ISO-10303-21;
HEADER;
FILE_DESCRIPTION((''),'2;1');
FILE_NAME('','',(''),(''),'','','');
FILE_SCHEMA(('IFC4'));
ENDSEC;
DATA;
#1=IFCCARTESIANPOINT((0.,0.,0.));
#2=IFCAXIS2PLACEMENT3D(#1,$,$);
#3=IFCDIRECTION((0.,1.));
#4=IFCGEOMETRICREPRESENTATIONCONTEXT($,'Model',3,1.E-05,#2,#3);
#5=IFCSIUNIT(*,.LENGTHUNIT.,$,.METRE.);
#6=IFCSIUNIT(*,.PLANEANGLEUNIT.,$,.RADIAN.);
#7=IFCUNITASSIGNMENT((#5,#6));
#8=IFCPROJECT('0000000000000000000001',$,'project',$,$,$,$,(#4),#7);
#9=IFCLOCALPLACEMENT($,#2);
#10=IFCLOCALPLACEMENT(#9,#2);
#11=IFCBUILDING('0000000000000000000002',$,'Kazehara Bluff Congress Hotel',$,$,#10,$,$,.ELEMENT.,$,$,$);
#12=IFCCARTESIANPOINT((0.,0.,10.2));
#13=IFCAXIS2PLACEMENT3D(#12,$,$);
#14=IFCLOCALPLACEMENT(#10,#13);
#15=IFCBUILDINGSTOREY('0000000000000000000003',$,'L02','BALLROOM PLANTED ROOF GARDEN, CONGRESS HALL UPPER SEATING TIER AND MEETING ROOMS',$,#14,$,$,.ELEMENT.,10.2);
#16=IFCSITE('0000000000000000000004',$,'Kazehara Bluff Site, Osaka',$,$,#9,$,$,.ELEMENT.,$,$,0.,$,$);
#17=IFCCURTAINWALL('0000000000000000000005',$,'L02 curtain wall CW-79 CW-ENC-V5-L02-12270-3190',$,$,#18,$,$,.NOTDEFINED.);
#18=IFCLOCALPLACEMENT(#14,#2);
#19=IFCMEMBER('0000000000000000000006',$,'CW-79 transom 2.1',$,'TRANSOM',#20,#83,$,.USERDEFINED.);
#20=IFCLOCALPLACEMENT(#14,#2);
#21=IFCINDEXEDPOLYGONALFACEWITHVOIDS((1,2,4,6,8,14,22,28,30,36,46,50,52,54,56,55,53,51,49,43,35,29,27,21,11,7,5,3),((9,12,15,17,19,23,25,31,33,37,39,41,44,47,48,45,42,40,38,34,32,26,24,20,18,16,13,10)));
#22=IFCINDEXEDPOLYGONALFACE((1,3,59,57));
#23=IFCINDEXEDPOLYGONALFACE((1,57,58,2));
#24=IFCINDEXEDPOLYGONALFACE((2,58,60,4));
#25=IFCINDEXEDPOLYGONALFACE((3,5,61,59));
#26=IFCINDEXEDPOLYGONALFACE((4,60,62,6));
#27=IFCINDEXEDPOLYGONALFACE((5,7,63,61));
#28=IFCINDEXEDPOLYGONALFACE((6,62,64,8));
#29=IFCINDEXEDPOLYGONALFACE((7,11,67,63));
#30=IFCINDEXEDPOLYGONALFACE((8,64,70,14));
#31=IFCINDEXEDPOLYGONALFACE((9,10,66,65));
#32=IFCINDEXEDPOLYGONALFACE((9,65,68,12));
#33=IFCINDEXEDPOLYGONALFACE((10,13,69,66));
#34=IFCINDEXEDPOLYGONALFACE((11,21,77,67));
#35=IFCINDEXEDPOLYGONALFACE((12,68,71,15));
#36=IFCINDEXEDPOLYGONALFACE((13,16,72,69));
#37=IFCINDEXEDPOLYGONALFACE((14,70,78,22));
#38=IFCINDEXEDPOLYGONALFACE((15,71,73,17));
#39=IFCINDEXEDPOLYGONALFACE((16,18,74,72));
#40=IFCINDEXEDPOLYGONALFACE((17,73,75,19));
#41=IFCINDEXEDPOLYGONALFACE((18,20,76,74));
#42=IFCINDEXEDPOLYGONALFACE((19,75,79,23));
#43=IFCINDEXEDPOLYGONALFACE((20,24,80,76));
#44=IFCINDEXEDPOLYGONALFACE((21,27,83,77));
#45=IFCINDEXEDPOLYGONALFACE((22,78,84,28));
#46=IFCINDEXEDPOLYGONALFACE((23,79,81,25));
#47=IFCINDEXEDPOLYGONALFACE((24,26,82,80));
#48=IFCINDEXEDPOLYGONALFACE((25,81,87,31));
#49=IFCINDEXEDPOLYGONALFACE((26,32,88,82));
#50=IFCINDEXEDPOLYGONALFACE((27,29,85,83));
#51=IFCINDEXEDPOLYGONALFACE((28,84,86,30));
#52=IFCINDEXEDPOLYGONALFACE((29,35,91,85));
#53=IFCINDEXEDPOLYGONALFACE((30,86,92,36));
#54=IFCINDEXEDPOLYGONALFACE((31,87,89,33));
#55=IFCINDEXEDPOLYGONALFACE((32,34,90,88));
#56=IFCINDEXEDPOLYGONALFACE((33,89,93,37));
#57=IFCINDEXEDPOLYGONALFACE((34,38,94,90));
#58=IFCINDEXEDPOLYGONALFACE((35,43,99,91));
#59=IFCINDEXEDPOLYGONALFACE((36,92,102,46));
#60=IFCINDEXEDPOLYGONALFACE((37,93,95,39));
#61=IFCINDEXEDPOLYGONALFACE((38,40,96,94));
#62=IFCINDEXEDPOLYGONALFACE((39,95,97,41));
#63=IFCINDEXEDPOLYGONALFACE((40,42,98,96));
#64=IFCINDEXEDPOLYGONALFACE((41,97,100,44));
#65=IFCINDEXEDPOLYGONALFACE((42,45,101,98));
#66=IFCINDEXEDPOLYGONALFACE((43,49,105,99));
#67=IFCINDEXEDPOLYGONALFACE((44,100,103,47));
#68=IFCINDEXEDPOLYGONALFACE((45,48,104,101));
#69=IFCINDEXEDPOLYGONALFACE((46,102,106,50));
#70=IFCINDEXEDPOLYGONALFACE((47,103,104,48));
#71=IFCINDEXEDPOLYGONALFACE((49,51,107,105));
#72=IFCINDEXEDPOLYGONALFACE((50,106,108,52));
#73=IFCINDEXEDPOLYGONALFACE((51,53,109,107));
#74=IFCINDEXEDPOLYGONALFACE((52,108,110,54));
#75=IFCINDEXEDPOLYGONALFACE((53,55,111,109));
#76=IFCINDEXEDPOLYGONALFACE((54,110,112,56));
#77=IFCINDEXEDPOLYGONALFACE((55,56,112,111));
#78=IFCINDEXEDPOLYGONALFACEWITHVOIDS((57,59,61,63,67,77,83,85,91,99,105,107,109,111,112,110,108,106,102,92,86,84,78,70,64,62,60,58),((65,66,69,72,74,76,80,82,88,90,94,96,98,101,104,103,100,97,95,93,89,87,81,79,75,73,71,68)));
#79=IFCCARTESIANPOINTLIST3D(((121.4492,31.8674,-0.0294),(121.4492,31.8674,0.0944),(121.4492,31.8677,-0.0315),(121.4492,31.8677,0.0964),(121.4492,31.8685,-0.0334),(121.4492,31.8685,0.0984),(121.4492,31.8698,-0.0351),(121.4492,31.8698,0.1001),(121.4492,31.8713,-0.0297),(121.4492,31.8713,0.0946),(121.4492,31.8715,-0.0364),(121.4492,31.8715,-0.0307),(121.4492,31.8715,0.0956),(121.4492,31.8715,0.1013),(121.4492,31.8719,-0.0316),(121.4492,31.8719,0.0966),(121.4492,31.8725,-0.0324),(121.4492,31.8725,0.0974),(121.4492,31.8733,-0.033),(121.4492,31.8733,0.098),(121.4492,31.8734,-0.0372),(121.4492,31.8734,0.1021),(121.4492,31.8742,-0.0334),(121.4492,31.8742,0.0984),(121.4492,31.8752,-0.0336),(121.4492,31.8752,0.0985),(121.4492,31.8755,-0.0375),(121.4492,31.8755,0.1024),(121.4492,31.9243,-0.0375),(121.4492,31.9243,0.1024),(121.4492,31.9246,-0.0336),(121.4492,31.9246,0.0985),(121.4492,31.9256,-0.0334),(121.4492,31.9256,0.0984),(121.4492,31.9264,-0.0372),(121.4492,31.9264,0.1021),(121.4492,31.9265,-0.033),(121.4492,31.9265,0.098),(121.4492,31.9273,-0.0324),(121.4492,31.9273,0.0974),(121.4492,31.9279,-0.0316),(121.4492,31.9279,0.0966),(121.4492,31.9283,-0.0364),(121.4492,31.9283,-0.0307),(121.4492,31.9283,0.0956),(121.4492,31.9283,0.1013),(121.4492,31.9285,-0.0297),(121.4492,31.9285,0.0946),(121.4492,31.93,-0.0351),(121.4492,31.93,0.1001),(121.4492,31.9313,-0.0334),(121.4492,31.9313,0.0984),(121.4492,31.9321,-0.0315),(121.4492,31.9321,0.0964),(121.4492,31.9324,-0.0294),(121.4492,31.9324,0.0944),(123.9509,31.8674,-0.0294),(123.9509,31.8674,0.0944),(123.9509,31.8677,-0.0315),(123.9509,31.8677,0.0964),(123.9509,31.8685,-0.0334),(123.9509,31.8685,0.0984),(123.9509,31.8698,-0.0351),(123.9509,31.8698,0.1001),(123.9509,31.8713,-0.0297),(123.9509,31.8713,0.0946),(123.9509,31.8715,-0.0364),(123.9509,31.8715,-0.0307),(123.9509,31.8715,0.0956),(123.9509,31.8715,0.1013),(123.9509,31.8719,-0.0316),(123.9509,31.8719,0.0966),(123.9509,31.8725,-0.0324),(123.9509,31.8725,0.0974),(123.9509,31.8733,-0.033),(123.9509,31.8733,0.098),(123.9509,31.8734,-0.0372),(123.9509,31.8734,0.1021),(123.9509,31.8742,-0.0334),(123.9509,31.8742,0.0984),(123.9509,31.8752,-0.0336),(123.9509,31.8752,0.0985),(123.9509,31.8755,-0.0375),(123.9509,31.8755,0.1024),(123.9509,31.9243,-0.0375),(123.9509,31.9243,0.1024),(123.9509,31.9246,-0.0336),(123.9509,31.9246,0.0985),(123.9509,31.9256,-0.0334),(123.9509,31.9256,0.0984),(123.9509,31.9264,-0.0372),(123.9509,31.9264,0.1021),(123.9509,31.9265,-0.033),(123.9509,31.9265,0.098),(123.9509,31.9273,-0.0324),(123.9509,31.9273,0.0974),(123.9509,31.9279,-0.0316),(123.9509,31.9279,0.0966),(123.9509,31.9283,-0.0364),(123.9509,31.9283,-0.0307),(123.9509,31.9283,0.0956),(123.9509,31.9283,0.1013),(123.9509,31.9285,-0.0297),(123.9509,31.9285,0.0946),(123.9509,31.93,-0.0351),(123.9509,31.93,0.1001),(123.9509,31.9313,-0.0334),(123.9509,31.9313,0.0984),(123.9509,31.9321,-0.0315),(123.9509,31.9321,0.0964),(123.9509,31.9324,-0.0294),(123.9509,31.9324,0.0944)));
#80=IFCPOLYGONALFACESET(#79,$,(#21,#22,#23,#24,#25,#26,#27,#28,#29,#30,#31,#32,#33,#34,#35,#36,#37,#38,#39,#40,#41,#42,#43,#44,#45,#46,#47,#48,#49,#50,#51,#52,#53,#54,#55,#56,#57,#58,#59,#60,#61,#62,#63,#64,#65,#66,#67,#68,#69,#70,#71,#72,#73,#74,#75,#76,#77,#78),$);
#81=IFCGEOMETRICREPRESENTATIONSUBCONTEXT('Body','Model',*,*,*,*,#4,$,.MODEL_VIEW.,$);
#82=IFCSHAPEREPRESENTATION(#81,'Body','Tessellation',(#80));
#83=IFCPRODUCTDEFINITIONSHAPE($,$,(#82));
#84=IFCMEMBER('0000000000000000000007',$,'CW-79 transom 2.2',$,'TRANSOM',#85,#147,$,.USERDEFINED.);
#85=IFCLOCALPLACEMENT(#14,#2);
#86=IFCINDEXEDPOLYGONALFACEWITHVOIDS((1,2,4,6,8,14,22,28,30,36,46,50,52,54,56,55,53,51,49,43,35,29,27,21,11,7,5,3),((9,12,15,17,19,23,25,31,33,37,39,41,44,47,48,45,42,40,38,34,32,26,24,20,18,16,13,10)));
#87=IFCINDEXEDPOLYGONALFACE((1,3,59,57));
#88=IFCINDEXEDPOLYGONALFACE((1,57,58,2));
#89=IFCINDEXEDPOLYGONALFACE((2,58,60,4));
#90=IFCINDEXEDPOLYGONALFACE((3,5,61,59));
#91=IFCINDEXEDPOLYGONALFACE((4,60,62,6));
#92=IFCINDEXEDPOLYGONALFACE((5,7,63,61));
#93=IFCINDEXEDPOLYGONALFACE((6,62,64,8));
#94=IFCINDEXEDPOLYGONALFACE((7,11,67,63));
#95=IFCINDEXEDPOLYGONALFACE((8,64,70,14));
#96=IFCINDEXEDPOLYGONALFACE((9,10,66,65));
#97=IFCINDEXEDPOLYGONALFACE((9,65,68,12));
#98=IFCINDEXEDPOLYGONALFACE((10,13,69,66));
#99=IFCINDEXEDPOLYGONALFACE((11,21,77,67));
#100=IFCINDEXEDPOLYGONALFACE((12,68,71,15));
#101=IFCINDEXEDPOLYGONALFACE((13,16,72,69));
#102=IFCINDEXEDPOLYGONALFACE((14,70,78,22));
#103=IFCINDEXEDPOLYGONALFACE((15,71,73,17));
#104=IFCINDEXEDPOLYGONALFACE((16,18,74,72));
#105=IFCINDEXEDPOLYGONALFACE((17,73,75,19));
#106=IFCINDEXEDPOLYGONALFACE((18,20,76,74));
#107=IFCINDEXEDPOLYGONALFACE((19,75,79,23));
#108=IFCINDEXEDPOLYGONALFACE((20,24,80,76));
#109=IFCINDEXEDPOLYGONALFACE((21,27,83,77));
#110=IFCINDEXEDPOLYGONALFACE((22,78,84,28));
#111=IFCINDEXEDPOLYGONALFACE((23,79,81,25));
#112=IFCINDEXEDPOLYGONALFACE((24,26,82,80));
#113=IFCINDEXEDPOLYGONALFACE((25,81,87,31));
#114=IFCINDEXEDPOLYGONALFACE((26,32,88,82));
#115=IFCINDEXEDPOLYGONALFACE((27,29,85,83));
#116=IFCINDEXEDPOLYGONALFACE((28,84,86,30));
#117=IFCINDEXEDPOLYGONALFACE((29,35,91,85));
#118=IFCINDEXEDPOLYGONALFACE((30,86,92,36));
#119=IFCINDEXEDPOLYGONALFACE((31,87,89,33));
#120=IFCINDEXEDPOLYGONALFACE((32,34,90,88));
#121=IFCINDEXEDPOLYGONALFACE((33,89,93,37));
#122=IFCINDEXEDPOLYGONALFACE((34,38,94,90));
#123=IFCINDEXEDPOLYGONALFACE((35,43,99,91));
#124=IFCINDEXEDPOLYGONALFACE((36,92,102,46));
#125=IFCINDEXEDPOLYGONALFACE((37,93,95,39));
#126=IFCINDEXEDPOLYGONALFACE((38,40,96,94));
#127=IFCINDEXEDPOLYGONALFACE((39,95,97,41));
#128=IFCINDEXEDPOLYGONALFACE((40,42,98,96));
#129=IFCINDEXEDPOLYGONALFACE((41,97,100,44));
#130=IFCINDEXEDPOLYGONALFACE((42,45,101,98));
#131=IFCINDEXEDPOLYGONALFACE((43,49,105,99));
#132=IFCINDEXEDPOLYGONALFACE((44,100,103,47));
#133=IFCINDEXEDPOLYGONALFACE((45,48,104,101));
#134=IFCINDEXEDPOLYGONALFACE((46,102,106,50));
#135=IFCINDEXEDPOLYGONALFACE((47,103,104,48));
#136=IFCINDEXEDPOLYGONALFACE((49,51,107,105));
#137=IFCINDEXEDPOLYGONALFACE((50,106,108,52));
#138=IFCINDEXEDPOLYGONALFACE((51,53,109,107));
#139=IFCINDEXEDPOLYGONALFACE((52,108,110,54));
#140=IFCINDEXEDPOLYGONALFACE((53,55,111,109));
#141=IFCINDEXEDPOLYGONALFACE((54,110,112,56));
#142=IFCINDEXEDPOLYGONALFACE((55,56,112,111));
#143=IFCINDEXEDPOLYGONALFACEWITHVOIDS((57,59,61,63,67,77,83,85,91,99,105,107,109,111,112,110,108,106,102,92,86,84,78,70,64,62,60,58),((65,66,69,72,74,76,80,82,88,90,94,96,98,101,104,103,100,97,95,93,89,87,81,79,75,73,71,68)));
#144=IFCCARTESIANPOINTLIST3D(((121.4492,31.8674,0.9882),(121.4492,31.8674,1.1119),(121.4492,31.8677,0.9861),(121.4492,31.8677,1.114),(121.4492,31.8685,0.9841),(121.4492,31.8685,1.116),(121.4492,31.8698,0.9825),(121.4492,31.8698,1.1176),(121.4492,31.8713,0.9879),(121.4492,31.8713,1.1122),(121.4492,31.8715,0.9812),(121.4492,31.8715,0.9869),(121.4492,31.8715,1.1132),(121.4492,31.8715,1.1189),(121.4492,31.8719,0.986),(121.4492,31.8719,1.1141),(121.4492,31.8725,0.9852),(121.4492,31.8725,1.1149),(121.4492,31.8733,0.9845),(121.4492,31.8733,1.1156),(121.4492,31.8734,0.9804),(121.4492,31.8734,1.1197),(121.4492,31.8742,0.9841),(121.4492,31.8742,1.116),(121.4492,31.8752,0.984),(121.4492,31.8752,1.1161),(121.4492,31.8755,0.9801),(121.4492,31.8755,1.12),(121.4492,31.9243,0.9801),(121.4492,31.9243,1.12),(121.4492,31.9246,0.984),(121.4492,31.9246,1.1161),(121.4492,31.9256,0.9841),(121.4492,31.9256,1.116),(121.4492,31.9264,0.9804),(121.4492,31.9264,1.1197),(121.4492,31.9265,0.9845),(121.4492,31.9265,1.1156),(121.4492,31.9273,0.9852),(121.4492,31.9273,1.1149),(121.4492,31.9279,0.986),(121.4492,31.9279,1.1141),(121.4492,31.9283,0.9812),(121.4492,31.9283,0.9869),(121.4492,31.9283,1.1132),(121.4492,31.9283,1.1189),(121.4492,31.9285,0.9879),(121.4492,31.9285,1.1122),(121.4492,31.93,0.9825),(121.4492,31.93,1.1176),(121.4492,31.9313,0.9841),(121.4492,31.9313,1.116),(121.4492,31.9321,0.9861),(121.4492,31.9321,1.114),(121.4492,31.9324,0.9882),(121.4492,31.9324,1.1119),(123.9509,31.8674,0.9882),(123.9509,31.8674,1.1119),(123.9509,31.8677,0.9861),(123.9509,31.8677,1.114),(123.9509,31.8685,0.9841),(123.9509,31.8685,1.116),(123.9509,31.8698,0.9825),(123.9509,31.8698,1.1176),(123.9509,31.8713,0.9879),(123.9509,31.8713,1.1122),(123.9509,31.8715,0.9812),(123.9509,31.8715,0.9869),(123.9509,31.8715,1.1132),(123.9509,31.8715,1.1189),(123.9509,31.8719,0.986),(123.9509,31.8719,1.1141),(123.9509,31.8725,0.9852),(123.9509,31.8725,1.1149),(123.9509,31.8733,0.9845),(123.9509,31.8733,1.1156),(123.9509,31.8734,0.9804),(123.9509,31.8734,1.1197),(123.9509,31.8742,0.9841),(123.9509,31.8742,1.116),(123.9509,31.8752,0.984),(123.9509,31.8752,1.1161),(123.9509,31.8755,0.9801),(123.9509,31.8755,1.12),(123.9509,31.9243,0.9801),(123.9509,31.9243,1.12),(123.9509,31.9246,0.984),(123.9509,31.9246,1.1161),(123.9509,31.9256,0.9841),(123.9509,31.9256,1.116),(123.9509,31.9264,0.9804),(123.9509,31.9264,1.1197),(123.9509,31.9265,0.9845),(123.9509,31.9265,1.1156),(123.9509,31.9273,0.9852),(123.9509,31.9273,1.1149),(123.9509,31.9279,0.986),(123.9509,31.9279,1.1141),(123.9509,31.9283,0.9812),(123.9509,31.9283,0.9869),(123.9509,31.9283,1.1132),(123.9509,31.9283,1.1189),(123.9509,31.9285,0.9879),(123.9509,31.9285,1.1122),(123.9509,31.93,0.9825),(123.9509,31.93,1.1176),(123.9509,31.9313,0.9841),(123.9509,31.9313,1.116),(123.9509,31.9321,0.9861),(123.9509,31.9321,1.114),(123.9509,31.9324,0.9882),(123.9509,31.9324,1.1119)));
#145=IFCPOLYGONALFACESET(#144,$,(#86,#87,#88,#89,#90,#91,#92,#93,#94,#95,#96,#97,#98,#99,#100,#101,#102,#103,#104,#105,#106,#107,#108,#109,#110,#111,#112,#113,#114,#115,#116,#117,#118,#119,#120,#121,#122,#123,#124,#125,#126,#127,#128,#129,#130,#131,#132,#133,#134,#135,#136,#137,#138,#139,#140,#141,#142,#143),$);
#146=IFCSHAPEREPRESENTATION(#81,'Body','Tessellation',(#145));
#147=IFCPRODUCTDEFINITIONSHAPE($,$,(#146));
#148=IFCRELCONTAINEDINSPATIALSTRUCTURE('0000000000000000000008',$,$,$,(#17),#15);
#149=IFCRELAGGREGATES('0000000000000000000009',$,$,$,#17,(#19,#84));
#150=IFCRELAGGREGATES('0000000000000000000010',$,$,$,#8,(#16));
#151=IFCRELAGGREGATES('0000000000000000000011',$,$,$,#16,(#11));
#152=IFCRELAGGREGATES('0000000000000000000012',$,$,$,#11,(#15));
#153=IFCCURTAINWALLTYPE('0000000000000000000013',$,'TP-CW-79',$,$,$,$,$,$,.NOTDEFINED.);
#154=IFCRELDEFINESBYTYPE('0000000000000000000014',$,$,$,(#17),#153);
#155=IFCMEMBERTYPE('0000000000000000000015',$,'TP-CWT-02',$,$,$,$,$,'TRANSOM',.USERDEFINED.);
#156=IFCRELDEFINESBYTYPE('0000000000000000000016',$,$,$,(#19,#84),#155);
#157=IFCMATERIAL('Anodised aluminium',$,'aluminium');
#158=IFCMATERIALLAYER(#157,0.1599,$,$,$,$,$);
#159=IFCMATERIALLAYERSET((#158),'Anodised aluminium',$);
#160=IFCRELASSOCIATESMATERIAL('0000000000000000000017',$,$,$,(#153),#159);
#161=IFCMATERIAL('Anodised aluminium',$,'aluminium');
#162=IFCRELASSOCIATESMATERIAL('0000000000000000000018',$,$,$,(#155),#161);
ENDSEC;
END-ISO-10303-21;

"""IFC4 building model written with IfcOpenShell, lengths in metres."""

from ifc_helpers import new_model, si_unit, direction, frame, origin, origin_2d, place, context, subcontext, project, spatial, hollow_rectangle, extrude, material, layer, layer_set, material_profile, profile_set, type_object, element, aggregate, save


model = new_model("IFC4")

# Units and contexts
model_context = context("Model", 3, precision=1e-05, world=origin(), true_north=direction((0.0, 1.0)))
body_context = subcontext(model_context, "Body", "Model", "MODEL_VIEW")
ifc_project = project(units=[si_unit("LENGTHUNIT", "METRE"), si_unit("PLANEANGLEUNIT", "RADIAN")], contexts=[model_context])

# Site, building, storey
site_placement = place(None, origin())
site = spatial("IfcSite", under=ifc_project, at=site_placement, Name="Kazehara Bluff Site, Osaka", CompositionType="ELEMENT", RefElevation=0.0)
building_placement = place(site_placement, origin())
building = spatial("IfcBuilding", under=site, at=building_placement, Name="Kazehara Bluff Congress Hotel", CompositionType="ELEMENT")
storey_placement = place(building_placement, frame((0.0, 0.0, 10.2)))
storey = spatial("IfcBuildingStorey", under=building, at=storey_placement, Name="L02", Description="BALLROOM PLANTED ROOF GARDEN, CONGRESS HALL UPPER SEATING TIER AND MEETING ROOMS", CompositionType="ELEMENT", Elevation=10.2)

# Curtain wall
ifc_material_1 = material(Name="Anodised aluminium", Category="aluminium")
ifc_layer_1 = layer(ifc_material_1, 0.1599)
ifc_layer_set_1 = layer_set([ifc_layer_1], Name="Anodised aluminium")
curtain_wall_type_1 = type_object("IfcCurtainWallType", Name="TP-CW-79", PredefinedType="NOTDEFINED", material=ifc_layer_set_1)
curtain_wall_1_placement = place(storey_placement, origin())
curtain_wall_1 = element("IfcCurtainWall", 1, at=curtain_wall_1_placement, inside=storey, type_object=curtain_wall_type_1, Name="L02 curtain wall CW-79 CW-ENC-V5-L02-12270-3190", PredefinedType="NOTDEFINED")

# Members
ifc_material_2 = material(Name="Anodised aluminium", Category="aluminium")
ifc_material_profile_1 = material_profile(ifc_material_2, hollow_rectangle(XDim=0.0649, YDim=0.1399, WallThickness=0.0039, InnerFilletRadius=0.0039, OuterFilletRadius=0.0081, at=origin_2d()))
ifc_profile_set_1 = profile_set([ifc_material_profile_1], Name="Anodised aluminium")
member_type_1 = type_object("IfcMemberType", Name="TP-CWT-02", ElementType="TRANSOM", PredefinedType="USERDEFINED", material=ifc_profile_set_1)
member_1_placement = place(storey_placement, frame((121.4492, 31.8999, 0.0325), z_axis=(1.0, 0.0, 0.0), x_axis=(0.0, 1.0, 0.0)))
member_1 = element("IfcMember", 2, at=member_1_placement, type_object=member_type_1, Name="CW-79 transom 2.1", ObjectType="TRANSOM", PredefinedType="USERDEFINED", context=body_context, shape_type="SweptSolid", body=[
    extrude(hollow_rectangle(XDim=0.0649, YDim=0.1399, WallThickness=0.0039, InnerFilletRadius=0.0039, OuterFilletRadius=0.0081, at=origin_2d()), origin(), (0.0, 0.0, 1.0), 2.5017),
])
member_2_placement = place(storey_placement, frame((121.4492, 31.8999, 1.05), z_axis=(1.0, 0.0, 0.0), x_axis=(0.0, 1.0, 0.0)))
member_2 = element("IfcMember", 3, at=member_2_placement, type_object=member_type_1, Name="CW-79 transom 2.2", ObjectType="TRANSOM", PredefinedType="USERDEFINED", context=body_context, shape_type="SweptSolid", body=[
    extrude(hollow_rectangle(XDim=0.0649, YDim=0.1399, WallThickness=0.0039, InnerFilletRadius=0.0039, OuterFilletRadius=0.0081, at=origin_2d()), origin(), (0.0, 0.0, 1.0), 2.5017),
])

aggregate(curtain_wall_1, [member_1, member_2])

save(model, "model.ifc")
